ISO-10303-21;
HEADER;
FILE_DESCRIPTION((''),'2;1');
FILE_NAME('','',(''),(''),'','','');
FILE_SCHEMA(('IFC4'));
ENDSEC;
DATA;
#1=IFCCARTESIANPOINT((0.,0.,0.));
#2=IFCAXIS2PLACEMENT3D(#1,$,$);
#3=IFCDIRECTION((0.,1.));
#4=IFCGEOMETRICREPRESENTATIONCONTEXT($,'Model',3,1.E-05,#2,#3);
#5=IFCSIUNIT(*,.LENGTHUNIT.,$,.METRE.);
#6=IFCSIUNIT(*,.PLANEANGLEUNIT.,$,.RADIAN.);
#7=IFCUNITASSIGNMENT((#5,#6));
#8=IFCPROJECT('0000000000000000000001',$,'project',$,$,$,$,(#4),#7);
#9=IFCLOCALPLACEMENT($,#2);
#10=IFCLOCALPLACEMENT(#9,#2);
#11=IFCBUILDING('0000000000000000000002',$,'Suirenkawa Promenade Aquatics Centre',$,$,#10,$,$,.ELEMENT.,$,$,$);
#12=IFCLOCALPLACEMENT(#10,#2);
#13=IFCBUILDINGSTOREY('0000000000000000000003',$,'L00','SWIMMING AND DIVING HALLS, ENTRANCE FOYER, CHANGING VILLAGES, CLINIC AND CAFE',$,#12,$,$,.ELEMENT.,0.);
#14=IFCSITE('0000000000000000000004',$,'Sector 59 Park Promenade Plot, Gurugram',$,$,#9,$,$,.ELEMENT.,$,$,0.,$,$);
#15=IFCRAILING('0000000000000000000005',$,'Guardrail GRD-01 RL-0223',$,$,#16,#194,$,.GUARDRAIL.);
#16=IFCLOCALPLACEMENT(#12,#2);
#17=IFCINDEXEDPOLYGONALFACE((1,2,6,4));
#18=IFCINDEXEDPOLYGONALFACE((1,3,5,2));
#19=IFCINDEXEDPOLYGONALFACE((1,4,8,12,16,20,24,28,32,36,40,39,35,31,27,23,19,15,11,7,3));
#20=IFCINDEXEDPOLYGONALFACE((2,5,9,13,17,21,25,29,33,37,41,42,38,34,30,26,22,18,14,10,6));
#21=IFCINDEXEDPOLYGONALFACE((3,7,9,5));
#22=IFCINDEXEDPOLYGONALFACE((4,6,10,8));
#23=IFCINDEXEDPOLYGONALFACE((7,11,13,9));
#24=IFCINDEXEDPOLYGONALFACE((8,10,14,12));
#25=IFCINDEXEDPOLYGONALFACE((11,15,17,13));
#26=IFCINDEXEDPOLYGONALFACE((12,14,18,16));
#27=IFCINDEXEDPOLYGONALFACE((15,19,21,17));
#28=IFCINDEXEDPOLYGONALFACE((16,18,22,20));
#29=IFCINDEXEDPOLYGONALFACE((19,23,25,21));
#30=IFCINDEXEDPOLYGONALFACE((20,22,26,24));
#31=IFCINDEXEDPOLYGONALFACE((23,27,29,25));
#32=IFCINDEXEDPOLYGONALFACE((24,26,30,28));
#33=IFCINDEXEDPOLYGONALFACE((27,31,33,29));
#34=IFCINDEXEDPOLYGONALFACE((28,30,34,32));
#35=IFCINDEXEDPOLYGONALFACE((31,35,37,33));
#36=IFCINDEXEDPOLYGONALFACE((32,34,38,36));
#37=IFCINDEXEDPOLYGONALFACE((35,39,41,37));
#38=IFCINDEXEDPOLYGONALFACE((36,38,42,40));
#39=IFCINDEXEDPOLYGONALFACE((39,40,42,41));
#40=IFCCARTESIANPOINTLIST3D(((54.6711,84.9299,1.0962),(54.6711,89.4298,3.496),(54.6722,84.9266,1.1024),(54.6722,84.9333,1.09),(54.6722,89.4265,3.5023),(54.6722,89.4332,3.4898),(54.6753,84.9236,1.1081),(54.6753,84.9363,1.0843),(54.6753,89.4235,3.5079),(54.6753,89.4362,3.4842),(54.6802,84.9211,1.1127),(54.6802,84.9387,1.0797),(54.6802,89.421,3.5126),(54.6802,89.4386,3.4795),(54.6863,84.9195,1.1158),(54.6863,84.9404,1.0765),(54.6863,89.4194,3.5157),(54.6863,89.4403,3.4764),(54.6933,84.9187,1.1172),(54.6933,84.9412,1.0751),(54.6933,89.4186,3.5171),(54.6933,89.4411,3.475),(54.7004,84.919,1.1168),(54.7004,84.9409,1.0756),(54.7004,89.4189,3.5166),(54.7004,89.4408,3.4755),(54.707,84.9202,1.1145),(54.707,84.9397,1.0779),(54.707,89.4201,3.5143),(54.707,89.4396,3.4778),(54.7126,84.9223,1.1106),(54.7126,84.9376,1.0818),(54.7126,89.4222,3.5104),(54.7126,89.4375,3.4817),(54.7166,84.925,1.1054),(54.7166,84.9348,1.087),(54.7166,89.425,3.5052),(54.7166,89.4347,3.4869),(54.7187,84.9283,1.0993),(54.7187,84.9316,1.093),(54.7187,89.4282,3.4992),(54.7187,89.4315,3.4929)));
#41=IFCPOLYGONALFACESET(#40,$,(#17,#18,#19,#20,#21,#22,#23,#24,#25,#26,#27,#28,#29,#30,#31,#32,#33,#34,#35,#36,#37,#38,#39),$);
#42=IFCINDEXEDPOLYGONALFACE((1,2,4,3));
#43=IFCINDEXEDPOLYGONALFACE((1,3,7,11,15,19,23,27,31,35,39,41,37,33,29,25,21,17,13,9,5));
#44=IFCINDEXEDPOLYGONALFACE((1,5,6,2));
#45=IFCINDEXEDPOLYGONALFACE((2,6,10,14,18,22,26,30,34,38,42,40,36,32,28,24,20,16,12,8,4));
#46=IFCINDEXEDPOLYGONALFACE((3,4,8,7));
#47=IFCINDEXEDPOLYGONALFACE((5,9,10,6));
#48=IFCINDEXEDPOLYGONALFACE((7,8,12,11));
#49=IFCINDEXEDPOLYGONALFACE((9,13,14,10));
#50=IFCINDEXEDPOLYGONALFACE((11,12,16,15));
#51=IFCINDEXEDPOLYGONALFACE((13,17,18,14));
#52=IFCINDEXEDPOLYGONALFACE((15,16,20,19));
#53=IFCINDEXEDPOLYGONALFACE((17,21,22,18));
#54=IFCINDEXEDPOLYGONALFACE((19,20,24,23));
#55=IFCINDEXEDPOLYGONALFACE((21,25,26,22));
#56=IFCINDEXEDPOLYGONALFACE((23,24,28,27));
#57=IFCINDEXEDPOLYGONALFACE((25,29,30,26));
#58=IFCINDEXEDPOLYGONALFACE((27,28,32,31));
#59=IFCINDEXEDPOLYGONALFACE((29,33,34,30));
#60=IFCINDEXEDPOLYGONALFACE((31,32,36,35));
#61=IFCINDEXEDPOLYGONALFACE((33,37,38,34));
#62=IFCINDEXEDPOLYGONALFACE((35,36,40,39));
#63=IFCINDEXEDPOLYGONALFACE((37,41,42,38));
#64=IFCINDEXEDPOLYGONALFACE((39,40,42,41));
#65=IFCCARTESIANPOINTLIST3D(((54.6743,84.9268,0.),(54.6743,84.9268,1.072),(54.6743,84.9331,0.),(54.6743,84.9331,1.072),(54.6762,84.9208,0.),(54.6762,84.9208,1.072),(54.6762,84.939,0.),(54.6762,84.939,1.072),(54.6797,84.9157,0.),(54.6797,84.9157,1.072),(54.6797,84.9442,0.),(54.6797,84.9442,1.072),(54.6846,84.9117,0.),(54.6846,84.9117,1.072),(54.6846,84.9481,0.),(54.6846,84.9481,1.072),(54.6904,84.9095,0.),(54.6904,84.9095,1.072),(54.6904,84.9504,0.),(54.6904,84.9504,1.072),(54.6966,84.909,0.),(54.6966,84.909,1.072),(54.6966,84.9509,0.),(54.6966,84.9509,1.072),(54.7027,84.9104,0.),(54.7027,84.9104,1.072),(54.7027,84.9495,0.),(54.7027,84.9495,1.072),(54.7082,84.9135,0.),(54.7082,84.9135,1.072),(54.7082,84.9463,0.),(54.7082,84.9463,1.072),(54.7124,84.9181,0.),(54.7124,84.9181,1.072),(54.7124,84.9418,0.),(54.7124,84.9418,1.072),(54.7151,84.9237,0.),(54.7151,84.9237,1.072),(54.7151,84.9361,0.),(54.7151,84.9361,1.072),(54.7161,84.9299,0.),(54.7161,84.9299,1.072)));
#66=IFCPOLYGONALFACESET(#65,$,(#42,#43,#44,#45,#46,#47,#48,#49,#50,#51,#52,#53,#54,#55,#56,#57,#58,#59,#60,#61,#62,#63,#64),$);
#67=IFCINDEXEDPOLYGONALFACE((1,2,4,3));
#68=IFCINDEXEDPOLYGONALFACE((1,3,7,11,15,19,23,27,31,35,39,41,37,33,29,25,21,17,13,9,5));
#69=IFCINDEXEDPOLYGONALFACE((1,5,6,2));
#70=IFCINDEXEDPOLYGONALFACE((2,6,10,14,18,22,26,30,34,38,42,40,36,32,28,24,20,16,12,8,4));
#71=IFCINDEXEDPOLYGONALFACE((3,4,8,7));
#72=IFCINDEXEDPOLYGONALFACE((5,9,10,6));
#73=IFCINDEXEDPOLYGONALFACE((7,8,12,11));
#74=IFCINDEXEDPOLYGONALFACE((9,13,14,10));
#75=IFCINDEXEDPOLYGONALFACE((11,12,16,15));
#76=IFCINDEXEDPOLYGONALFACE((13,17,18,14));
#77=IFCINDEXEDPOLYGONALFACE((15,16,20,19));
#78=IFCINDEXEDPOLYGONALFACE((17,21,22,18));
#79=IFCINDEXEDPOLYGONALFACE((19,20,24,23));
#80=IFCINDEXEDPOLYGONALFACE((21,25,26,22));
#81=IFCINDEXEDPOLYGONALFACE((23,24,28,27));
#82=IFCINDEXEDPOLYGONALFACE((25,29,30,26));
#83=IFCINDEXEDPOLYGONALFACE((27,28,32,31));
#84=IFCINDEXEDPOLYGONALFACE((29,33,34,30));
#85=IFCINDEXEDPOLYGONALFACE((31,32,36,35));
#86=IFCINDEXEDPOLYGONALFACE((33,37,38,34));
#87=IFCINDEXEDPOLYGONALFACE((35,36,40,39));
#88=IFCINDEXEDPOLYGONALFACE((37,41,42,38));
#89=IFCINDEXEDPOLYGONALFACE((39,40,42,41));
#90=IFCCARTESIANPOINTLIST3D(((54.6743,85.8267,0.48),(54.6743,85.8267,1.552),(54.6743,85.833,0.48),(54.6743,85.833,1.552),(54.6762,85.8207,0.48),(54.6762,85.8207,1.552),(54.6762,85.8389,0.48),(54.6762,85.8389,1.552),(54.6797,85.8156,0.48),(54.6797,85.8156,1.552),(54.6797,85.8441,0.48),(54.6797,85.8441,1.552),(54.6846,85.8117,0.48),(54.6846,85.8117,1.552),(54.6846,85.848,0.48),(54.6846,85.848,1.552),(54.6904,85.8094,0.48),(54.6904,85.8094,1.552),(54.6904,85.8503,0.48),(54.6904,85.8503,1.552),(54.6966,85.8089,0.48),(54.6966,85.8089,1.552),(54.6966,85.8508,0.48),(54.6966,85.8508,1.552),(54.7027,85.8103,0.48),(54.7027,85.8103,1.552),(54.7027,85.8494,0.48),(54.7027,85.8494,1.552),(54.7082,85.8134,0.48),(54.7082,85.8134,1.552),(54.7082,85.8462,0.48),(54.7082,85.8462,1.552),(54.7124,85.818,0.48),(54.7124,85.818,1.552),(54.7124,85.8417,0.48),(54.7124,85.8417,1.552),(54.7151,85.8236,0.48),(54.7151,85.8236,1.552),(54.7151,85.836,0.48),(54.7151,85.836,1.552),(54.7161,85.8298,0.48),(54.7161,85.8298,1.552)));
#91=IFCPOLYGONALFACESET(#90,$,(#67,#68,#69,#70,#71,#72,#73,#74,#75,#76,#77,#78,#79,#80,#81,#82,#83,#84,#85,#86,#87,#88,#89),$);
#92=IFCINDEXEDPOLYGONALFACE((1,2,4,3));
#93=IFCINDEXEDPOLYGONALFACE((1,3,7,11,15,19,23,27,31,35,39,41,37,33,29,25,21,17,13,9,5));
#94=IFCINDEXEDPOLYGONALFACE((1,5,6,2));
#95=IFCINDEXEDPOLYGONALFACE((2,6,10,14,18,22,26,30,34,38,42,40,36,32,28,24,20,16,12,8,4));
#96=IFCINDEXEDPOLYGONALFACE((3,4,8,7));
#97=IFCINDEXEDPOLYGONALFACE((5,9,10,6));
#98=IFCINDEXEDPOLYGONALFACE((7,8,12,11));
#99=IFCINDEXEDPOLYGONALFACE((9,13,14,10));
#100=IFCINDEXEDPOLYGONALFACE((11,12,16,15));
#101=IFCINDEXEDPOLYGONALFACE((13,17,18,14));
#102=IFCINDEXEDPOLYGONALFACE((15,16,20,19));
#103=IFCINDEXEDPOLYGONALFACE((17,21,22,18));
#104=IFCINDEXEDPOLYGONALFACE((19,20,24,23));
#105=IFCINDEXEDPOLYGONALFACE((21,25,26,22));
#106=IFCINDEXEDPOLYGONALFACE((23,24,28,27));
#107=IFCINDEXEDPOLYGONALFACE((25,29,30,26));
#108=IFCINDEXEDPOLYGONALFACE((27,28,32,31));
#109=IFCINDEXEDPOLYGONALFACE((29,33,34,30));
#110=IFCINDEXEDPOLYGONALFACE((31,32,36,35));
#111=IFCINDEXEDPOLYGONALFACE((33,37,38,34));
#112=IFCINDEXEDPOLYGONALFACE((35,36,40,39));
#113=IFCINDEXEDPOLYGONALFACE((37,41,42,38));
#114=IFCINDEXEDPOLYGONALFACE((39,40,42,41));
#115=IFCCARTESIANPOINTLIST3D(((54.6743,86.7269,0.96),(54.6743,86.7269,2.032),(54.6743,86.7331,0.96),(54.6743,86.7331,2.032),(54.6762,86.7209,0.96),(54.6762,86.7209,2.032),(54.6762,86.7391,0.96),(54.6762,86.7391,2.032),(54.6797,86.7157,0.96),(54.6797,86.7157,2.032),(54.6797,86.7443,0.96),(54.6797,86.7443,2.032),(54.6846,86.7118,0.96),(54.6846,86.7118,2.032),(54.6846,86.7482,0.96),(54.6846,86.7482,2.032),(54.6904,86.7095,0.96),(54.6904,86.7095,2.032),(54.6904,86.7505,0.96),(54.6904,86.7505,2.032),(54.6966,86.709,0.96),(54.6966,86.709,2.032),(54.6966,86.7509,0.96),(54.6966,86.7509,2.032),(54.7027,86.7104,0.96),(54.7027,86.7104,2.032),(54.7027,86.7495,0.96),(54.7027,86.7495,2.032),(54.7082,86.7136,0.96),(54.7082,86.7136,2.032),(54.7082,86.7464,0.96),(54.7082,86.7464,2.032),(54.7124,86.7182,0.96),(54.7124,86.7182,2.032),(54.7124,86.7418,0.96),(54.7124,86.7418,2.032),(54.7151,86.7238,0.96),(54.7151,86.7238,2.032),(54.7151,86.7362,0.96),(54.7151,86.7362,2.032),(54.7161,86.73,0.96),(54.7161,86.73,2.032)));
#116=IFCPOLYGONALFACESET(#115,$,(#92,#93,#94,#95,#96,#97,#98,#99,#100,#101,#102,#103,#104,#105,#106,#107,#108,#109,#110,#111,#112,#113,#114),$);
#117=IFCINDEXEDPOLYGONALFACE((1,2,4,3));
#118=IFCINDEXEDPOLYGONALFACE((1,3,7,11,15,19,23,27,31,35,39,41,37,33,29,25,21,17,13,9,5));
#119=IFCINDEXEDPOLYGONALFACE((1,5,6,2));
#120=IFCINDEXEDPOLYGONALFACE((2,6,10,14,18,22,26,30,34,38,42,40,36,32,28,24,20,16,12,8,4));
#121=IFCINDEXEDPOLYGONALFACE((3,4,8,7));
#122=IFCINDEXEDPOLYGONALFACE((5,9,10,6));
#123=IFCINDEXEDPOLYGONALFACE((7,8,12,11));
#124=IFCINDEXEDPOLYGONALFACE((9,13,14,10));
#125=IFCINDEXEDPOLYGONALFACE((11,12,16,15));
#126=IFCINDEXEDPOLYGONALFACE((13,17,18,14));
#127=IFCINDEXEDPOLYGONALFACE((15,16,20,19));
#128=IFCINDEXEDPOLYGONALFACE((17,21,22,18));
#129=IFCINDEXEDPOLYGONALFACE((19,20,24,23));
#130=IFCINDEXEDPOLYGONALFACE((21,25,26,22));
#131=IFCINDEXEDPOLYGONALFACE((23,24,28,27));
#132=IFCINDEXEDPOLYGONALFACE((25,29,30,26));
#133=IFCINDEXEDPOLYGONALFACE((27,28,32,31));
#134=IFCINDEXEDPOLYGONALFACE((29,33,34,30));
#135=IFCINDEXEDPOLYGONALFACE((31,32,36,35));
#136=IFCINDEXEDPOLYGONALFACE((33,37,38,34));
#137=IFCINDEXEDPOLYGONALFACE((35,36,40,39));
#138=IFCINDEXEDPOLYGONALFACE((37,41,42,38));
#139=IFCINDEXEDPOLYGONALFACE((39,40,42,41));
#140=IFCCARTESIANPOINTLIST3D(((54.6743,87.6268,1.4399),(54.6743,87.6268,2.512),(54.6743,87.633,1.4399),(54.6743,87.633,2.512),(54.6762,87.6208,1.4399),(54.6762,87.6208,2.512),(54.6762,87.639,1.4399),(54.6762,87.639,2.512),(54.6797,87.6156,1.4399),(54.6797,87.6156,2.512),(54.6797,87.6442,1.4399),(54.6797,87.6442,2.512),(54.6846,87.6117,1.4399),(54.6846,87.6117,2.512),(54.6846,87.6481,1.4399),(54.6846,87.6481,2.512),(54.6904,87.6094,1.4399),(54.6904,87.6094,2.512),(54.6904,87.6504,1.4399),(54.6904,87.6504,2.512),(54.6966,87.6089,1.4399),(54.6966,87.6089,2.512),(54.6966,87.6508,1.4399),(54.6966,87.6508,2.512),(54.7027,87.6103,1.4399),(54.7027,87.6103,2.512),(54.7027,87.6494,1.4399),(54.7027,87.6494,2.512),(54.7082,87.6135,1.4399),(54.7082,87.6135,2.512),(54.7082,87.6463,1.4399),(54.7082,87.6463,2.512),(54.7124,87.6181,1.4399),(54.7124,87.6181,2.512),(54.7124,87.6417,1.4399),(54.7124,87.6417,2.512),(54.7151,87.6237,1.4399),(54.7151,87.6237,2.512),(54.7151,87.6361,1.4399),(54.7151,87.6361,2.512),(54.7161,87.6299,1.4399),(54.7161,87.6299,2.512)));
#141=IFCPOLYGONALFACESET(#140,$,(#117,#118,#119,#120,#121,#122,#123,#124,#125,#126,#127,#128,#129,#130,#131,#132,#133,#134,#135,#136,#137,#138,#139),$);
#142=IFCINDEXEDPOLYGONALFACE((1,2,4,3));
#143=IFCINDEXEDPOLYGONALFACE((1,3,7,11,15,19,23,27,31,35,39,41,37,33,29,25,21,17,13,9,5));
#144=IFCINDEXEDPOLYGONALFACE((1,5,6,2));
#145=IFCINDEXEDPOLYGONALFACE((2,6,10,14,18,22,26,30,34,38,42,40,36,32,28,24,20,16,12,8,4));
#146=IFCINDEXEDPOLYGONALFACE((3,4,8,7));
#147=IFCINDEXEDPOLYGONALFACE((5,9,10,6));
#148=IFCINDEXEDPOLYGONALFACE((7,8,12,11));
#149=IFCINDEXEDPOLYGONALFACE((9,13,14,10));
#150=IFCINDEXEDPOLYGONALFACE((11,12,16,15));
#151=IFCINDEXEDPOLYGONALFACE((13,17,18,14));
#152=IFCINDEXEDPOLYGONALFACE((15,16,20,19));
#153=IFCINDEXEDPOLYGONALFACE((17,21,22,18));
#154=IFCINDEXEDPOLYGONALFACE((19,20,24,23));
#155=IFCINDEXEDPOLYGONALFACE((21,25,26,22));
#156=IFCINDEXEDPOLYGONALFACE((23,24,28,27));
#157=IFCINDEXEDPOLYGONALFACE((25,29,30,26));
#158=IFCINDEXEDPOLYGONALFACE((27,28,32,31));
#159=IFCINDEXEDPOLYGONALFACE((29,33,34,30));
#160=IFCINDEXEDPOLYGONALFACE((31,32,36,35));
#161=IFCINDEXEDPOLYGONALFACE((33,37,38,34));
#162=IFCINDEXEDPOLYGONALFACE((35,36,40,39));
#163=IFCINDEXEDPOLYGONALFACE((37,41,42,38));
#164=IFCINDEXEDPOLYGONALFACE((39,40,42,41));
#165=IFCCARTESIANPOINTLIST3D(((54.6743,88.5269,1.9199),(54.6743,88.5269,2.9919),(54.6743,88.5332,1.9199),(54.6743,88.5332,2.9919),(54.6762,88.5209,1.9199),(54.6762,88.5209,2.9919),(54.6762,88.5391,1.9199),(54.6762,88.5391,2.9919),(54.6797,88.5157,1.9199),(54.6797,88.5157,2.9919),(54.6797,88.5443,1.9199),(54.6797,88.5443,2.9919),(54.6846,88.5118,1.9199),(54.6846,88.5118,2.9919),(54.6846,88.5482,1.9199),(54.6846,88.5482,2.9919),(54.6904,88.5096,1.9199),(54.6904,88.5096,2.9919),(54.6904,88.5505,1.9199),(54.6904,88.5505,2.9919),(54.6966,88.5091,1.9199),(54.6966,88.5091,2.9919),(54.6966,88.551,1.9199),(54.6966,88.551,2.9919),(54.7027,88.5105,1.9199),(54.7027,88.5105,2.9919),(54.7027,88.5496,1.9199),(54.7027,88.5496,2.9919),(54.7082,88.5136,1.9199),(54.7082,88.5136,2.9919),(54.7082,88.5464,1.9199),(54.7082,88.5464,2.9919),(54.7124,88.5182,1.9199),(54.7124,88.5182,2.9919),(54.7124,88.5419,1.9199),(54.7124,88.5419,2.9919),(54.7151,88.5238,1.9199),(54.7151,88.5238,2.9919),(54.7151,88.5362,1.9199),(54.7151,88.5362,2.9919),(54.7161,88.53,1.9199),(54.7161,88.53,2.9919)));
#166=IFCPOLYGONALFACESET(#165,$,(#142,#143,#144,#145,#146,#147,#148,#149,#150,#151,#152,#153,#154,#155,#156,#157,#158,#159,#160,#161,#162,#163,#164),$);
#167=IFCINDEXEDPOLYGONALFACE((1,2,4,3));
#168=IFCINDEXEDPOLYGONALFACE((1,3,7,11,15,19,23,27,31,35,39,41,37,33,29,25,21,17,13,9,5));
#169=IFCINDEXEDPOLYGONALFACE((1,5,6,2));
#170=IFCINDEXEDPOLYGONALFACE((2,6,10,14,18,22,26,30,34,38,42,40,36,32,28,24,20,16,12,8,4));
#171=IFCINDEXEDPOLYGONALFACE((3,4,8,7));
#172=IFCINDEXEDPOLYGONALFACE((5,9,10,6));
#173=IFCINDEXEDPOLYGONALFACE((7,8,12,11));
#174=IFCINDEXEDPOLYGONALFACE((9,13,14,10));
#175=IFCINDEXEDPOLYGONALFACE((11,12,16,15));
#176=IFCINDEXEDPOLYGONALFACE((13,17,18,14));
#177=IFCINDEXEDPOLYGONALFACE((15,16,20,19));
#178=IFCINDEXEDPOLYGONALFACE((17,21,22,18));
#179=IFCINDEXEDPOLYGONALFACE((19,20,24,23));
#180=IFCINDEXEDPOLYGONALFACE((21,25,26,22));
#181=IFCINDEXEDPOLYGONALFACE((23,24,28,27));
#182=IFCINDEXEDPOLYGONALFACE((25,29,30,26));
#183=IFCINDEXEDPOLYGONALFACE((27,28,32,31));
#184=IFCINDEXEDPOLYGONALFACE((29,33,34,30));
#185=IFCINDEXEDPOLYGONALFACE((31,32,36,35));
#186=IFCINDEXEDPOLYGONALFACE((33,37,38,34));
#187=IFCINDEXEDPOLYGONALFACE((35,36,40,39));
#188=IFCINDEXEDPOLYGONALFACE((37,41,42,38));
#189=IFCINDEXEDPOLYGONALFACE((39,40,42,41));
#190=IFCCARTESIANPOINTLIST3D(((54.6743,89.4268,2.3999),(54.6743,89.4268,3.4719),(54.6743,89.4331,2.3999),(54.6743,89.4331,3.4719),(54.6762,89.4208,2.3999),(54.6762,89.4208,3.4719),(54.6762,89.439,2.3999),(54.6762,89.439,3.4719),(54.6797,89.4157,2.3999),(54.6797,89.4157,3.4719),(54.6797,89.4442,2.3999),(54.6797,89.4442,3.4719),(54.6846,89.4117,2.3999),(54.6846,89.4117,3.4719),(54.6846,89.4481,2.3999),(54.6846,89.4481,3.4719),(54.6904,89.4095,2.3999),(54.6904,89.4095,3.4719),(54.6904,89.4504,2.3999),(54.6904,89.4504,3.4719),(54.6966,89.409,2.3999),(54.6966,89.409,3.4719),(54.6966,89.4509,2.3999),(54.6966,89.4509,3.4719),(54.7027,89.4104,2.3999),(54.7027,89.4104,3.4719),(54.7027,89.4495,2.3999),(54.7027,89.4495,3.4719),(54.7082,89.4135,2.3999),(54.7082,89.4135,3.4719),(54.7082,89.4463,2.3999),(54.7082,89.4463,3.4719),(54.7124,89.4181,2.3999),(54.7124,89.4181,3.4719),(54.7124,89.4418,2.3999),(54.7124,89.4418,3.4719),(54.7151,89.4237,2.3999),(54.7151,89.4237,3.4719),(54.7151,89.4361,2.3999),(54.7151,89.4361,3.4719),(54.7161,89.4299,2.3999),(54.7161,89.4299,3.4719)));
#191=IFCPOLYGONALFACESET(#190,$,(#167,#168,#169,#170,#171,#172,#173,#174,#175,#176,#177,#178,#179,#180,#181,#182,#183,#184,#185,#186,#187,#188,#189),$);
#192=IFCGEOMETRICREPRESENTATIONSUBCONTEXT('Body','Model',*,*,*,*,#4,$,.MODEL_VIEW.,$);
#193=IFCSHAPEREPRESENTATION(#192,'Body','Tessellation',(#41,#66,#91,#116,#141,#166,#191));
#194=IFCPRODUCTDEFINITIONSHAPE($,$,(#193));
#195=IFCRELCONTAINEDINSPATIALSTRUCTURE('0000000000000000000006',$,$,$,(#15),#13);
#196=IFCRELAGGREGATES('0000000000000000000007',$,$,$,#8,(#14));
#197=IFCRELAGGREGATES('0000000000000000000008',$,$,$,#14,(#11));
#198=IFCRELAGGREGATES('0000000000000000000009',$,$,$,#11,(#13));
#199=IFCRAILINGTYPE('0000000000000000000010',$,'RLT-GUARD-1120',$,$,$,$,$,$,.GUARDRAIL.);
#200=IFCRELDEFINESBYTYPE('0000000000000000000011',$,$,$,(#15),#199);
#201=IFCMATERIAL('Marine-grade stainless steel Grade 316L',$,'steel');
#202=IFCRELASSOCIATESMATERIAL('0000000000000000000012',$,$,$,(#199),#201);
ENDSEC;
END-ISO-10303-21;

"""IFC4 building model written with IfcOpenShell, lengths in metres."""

from ifc_helpers import new_model, si_unit, direction, frame, origin, origin_2d, place, context, subcontext, project, spatial, circle, extrude, material, type_object, element, save


model = new_model("IFC4")

# Units and contexts
model_context = context("Model", 3, precision=1e-05, world=origin(), true_north=direction((0.0, 1.0)))
body_context = subcontext(model_context, "Body", "Model", "MODEL_VIEW")
ifc_project = project(units=[si_unit("LENGTHUNIT", "METRE"), si_unit("PLANEANGLEUNIT", "RADIAN")], contexts=[model_context])

# Site, building, storey
site_placement = place(None, origin())
site = spatial("IfcSite", under=ifc_project, at=site_placement, Name="Sector 59 Park Promenade Plot, Gurugram", CompositionType="ELEMENT", RefElevation=0.0)
building_placement = place(site_placement, origin())
building = spatial("IfcBuilding", under=site, at=building_placement, Name="Suirenkawa Promenade Aquatics Centre", CompositionType="ELEMENT")
storey_placement = place(building_placement, origin())
storey = spatial("IfcBuildingStorey", under=building, at=storey_placement, Name="L00", Description="SWIMMING AND DIVING HALLS, ENTRANCE FOYER, CHANGING VILLAGES, CLINIC AND CAFE", CompositionType="ELEMENT", Elevation=0.0)

# Railing
ifc_material_1 = material(Name="Marine-grade stainless steel Grade 316L", Category="steel")
railing_type_1 = type_object("IfcRailingType", Name="RLT-GUARD-1120", PredefinedType="GUARDRAIL", material=ifc_material_1)
railing_1_placement = place(storey_placement, frame((54.6951, 84.9299, 0.0)))
element("IfcRailing", 1, at=railing_1_placement, inside=storey, type_object=railing_type_1, Name="Guardrail GRD-01 RL-0223", PredefinedType="GUARDRAIL", context=body_context, shape_type="SweptSolid", body=[
    extrude(circle(Radius=0.0239, at=origin_2d()), frame((0.0, 0.0, 1.0962), z_axis=(0.0, 0.882361, 0.470573), x_axis=(-1.0, 0.0, 0.0)), (0.0, 0.0, 1.0), 5.0999),
    extrude(circle(Radius=0.021, at=origin_2d()), origin(), (0.0, 0.0, 1.0), 1.072),
    extrude(circle(Radius=0.021, at=origin_2d()), frame((0.0, 0.8999, 0.48)), (0.0, 0.0, 1.0), 1.072),
    extrude(circle(Radius=0.021, at=origin_2d()), frame((0.0, 1.8, 0.96)), (0.0, 0.0, 1.0), 1.072),
    extrude(circle(Radius=0.021, at=origin_2d()), frame((0.0, 2.7, 1.4399)), (0.0, 0.0, 1.0), 1.072),
    extrude(circle(Radius=0.021, at=origin_2d()), frame((0.0, 3.6001, 1.9199)), (0.0, 0.0, 1.0), 1.072),
    extrude(circle(Radius=0.021, at=origin_2d()), frame((0.0, 4.5, 2.3999)), (0.0, 0.0, 1.0), 1.072),
])

save(model, "model.ifc")
